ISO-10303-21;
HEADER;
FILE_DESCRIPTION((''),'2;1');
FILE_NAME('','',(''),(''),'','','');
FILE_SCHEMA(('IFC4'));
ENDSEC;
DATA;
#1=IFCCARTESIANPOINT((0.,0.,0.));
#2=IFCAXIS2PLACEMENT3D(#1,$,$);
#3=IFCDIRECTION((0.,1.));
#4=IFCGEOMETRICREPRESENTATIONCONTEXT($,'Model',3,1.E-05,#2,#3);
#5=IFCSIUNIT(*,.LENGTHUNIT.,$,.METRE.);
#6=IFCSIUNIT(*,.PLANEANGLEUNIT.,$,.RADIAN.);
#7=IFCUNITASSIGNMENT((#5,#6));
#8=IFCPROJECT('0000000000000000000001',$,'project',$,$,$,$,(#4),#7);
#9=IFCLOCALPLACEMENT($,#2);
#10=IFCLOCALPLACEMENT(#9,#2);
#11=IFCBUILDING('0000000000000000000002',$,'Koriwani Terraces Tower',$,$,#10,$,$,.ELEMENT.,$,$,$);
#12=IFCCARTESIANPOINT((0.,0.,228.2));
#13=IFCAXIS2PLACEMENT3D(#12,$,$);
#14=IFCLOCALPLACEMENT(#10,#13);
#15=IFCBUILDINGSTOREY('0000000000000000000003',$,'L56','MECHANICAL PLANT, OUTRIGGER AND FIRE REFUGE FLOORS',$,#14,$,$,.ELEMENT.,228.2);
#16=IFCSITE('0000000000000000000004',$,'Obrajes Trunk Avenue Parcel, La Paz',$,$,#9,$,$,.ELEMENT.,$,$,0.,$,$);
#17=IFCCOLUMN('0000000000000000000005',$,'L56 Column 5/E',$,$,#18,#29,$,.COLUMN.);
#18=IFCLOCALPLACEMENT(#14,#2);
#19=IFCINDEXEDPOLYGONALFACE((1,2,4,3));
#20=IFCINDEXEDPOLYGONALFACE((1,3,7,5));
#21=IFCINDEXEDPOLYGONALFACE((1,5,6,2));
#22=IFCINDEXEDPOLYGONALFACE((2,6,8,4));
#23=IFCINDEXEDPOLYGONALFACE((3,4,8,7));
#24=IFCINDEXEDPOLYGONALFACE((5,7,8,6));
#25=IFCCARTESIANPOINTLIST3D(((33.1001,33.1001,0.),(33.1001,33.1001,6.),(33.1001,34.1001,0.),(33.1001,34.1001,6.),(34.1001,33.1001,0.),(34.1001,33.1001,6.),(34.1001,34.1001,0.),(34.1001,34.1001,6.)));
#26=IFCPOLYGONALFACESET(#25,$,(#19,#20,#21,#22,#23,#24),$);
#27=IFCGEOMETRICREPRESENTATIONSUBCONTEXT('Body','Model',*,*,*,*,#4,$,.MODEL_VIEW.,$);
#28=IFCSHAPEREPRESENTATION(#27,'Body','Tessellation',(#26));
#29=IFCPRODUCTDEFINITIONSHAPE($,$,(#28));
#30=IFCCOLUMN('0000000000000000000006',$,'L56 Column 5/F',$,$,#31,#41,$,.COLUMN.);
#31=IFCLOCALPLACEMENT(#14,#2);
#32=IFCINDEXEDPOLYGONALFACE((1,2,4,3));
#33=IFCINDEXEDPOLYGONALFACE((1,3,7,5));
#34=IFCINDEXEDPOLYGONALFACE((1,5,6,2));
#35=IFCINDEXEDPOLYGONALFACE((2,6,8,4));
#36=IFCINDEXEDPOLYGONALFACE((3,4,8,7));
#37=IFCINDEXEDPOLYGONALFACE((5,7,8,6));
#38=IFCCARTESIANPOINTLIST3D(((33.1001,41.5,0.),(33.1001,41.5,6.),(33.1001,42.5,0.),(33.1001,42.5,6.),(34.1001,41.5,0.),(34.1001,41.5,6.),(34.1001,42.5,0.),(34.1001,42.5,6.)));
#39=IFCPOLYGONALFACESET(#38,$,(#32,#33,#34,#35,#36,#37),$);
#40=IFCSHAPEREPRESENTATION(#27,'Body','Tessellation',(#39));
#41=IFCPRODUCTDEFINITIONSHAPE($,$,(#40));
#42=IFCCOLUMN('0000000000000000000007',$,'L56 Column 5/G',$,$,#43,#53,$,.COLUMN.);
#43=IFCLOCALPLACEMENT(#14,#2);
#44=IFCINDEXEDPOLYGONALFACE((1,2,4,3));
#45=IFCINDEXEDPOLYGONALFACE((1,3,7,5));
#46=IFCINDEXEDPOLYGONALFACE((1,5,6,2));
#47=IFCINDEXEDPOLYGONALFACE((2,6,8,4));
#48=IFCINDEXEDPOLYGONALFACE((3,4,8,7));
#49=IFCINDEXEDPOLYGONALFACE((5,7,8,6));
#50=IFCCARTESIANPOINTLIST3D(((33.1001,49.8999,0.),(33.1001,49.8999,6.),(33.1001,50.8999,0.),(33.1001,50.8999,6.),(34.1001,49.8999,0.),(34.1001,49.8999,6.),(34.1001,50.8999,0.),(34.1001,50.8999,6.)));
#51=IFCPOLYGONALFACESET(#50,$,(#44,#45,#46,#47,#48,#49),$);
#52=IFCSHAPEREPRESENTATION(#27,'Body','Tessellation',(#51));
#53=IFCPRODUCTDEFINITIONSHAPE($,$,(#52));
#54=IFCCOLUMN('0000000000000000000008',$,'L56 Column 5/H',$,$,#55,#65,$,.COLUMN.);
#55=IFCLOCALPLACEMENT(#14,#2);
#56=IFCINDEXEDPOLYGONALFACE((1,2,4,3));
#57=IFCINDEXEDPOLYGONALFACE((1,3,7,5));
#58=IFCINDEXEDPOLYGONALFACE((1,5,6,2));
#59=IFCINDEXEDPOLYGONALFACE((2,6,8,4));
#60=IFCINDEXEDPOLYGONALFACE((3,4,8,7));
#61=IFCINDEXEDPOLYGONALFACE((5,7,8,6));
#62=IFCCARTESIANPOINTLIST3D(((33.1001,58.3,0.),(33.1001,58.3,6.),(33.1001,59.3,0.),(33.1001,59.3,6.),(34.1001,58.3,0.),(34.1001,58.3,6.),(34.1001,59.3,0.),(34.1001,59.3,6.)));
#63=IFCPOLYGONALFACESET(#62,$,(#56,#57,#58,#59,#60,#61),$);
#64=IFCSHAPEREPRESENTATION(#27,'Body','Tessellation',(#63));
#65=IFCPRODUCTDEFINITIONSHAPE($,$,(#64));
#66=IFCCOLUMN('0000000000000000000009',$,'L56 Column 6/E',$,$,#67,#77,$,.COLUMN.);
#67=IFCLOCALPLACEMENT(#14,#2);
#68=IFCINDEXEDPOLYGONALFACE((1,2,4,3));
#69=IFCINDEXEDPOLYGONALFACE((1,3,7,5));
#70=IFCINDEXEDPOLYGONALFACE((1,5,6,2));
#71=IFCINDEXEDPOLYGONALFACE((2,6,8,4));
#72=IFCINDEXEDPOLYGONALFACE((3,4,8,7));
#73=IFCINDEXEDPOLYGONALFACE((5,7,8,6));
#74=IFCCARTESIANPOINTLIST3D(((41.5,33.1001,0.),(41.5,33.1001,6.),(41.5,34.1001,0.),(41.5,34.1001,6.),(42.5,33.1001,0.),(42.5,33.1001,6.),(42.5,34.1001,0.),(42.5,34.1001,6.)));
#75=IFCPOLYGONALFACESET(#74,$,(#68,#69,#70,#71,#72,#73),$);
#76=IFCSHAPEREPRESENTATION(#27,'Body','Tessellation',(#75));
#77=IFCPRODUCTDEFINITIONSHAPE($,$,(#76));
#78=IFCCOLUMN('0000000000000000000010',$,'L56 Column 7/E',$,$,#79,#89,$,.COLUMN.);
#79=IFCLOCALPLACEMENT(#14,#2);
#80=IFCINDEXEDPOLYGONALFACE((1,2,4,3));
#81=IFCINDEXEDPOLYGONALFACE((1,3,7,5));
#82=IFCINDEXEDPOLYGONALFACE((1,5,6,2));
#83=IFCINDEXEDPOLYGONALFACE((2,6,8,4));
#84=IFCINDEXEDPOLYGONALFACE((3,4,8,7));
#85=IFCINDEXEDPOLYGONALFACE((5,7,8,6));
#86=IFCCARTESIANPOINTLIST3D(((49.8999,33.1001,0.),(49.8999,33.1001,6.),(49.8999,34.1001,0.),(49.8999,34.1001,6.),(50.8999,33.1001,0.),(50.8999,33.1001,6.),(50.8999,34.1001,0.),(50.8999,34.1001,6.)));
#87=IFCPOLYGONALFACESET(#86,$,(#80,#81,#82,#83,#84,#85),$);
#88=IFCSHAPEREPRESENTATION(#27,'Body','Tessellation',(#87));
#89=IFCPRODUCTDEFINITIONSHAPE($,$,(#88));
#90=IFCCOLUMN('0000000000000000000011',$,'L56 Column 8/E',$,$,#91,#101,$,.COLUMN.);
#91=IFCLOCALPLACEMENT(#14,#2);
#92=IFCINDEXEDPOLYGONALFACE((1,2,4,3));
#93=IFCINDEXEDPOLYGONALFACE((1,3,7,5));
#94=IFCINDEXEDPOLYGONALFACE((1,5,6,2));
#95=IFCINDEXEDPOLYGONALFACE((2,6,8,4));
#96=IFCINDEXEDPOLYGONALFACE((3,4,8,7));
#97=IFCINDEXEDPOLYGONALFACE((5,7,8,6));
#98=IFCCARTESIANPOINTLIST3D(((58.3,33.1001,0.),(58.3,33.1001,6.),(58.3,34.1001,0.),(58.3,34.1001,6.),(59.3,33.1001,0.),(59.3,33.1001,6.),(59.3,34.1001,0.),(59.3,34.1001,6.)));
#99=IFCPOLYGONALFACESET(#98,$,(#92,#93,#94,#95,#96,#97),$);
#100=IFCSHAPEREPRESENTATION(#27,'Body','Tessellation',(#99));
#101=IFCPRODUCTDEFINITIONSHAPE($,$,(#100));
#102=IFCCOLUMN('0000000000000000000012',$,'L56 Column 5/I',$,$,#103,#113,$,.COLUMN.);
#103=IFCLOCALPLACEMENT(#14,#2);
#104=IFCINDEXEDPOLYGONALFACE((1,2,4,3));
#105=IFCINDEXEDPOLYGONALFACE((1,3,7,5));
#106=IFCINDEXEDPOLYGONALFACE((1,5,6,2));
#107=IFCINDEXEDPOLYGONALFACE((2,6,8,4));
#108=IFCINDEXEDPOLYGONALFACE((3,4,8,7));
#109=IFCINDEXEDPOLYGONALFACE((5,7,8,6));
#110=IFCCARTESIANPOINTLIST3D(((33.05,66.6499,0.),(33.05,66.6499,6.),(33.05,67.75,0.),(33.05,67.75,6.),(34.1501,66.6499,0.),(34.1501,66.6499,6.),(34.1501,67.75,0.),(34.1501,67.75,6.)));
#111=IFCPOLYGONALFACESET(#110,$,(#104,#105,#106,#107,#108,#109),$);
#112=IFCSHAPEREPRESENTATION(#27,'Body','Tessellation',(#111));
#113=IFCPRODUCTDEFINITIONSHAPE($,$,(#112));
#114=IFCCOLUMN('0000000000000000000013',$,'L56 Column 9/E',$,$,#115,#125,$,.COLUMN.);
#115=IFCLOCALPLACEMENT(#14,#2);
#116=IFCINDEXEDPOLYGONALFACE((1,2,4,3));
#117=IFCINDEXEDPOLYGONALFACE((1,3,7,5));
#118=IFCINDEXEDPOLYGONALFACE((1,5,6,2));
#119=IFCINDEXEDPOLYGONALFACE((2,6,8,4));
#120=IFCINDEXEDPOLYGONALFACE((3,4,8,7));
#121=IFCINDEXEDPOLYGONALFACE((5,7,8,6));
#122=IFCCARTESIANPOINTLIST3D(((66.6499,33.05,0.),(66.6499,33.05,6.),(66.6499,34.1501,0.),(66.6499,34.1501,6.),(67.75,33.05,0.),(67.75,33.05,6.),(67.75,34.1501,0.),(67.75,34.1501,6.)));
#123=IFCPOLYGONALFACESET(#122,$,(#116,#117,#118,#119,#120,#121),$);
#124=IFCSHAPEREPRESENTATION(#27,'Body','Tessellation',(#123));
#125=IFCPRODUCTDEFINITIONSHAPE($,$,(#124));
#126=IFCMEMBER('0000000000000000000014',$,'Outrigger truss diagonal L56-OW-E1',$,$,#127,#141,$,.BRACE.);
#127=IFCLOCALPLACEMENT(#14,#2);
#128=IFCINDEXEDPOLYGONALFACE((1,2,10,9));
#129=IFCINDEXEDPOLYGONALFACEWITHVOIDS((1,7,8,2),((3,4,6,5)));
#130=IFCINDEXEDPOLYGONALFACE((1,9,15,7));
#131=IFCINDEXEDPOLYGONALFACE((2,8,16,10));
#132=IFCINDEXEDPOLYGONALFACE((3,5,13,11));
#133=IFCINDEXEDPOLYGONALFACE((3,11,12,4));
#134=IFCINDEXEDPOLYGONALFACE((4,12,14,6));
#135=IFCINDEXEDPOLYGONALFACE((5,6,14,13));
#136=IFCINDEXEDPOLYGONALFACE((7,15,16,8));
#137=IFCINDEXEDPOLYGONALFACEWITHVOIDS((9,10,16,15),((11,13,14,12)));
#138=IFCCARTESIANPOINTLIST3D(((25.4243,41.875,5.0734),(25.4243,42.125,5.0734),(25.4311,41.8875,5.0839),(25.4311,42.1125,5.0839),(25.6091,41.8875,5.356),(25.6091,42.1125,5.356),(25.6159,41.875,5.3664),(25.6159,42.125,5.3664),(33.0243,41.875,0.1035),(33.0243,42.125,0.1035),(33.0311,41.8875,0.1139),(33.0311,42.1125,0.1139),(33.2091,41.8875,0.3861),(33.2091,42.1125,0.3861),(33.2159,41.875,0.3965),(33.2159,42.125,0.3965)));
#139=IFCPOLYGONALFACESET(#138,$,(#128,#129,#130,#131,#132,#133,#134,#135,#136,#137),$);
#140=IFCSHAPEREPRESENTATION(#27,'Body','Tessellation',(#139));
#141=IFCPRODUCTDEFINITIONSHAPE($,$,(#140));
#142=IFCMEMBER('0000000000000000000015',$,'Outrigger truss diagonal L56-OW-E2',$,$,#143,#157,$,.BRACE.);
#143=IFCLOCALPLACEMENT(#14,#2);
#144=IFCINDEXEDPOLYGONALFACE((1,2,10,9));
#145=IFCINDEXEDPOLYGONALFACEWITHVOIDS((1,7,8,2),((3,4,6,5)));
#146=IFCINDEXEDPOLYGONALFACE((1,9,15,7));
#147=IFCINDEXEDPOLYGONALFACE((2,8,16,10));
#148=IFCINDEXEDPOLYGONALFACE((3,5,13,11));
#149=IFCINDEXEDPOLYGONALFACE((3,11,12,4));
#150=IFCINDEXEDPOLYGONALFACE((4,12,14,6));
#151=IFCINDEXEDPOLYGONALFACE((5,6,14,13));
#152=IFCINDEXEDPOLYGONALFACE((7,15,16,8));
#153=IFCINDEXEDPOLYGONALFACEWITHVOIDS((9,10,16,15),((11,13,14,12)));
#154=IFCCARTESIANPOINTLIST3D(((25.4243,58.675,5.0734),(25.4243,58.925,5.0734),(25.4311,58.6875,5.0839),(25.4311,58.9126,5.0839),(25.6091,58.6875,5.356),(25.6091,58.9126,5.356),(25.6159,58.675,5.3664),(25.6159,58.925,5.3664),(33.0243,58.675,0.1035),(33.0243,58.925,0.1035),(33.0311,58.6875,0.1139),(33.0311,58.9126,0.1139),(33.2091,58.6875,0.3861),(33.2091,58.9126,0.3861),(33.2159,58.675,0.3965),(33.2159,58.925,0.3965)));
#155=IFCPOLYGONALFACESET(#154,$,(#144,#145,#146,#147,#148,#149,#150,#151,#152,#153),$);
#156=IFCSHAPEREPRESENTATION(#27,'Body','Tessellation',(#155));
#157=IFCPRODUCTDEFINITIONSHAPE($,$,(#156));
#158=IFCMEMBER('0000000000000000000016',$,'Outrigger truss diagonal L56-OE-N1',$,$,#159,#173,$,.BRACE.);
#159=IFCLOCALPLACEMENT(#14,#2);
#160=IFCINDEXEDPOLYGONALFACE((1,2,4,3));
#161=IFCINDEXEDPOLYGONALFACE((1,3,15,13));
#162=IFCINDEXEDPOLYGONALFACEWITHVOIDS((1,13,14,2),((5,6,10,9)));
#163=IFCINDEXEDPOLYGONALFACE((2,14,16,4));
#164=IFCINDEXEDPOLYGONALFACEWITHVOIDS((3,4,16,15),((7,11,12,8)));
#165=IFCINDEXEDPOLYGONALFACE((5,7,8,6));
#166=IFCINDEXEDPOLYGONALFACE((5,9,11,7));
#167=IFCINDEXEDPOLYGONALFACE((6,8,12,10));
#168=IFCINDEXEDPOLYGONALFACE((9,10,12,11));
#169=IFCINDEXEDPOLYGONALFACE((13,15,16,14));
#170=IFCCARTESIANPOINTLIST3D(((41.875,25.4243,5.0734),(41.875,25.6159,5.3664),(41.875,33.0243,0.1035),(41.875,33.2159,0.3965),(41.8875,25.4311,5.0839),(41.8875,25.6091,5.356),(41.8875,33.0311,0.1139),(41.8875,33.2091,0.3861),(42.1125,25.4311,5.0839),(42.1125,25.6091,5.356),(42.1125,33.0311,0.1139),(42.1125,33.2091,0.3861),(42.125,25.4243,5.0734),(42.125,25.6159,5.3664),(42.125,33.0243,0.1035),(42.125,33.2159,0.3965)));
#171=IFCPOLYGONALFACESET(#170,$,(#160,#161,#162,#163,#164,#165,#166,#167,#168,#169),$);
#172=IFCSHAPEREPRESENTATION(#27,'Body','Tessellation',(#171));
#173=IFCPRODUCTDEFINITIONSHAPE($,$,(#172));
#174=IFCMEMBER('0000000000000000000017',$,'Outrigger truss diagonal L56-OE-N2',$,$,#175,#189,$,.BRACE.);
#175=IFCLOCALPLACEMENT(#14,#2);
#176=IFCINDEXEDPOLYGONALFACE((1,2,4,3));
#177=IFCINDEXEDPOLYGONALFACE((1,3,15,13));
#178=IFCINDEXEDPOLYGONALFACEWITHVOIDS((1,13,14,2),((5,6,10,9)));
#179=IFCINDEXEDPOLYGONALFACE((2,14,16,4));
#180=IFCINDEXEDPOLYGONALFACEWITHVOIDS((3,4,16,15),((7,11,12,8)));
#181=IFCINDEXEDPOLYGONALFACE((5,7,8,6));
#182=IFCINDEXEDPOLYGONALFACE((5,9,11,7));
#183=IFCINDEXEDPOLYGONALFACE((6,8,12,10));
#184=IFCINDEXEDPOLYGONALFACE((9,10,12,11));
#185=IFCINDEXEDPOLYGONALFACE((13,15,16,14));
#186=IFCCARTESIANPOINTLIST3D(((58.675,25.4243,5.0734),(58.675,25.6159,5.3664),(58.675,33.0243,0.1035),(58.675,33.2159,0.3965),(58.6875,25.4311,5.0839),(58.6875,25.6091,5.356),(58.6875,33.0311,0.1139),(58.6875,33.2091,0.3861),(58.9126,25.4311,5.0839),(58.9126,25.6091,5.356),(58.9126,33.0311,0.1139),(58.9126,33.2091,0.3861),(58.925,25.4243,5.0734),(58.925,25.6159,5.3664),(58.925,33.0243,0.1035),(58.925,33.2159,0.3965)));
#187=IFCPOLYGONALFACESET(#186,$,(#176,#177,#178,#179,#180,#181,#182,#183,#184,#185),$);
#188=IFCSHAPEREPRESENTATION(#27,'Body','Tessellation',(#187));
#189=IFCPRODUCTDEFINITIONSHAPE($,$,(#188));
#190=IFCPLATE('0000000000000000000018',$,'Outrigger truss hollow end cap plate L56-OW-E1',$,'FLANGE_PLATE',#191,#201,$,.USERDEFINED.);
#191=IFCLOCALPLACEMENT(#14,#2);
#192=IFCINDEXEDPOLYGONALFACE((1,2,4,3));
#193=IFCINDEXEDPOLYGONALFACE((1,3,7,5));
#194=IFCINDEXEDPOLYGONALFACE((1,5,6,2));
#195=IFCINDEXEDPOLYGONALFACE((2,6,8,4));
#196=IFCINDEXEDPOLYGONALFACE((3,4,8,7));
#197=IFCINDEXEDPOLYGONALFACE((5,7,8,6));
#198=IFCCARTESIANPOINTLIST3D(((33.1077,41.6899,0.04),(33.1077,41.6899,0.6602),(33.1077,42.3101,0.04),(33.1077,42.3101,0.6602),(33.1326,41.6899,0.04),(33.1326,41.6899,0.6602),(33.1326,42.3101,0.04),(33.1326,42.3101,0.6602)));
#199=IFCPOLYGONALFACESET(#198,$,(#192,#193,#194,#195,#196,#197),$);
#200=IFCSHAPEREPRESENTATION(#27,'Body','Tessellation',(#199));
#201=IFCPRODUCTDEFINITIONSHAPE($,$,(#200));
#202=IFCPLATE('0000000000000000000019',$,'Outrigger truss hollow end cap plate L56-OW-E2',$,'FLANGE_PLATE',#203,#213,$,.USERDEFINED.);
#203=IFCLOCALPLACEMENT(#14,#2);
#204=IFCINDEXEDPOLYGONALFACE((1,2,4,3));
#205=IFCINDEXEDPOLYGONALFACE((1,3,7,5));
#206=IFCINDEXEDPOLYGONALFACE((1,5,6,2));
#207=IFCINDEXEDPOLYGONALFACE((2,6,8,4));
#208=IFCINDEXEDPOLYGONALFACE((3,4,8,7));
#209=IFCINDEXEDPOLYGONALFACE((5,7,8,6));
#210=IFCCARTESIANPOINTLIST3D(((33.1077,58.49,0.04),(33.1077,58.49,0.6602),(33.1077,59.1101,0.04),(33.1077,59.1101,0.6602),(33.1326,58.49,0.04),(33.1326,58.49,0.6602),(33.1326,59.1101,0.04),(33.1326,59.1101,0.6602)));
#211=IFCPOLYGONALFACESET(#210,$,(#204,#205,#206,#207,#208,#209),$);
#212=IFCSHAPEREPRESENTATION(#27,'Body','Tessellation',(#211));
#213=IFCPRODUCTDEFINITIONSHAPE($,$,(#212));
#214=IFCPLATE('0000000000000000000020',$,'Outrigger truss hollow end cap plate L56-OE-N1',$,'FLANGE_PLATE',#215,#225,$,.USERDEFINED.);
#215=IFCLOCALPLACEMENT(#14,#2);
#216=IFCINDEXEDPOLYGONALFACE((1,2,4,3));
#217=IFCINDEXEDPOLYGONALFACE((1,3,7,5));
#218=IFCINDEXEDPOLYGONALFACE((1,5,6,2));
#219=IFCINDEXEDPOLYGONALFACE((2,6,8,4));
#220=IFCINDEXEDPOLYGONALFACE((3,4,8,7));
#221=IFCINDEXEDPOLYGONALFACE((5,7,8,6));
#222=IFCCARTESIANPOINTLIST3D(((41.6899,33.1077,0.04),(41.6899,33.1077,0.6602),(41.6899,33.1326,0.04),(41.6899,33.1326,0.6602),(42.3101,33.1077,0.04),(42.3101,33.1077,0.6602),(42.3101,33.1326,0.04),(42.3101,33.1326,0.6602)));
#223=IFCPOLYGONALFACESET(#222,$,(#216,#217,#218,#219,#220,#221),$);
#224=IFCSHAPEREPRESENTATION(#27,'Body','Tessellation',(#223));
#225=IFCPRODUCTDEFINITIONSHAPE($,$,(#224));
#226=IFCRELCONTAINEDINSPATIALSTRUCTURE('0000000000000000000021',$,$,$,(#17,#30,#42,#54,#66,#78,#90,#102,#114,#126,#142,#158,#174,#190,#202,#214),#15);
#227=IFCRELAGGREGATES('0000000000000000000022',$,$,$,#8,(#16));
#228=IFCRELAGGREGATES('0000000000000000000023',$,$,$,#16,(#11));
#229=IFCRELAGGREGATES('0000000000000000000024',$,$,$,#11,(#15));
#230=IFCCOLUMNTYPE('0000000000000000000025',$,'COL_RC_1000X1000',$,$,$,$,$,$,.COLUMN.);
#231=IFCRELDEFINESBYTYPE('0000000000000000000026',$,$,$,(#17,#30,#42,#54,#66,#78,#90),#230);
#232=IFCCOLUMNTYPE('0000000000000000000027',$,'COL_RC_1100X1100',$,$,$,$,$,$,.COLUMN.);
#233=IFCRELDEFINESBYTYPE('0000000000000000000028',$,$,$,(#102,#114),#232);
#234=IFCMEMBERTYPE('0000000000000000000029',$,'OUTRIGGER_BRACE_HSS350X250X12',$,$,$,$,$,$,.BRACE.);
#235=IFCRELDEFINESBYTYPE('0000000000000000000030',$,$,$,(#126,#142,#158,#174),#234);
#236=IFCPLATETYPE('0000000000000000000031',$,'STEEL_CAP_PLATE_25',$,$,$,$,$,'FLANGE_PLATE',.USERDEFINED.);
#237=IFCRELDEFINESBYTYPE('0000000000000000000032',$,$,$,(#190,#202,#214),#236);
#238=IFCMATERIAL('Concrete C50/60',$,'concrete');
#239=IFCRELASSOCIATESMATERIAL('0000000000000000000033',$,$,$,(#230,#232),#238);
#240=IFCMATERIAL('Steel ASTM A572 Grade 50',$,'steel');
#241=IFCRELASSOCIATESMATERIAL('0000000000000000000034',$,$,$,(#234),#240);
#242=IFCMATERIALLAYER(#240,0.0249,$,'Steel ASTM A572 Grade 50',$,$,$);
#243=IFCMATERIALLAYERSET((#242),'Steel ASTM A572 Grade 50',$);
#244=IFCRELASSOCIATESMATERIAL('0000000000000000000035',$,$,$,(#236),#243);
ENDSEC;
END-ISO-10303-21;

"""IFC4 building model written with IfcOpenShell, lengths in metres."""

from ifc_helpers import new_model, si_unit, direction, frame, origin, origin_2d, place, context, subcontext, project, spatial, rectangle, hollow_rectangle, extrude, material, layer, layer_set, material_profile, profile_set, type_object, element, save


model = new_model("IFC4")

# Units and contexts
model_context = context("Model", 3, precision=1e-05, world=origin(), true_north=direction((0.0, 1.0)))
body_context = subcontext(model_context, "Body", "Model", "MODEL_VIEW")
ifc_project = project(units=[si_unit("LENGTHUNIT", "METRE"), si_unit("PLANEANGLEUNIT", "RADIAN")], contexts=[model_context])

# Site, building, storey
site_placement = place(None, origin())
site = spatial("IfcSite", under=ifc_project, at=site_placement, Name="Obrajes Trunk Avenue Parcel, La Paz", CompositionType="ELEMENT", RefElevation=0.0)
building_placement = place(site_placement, origin())
building = spatial("IfcBuilding", under=site, at=building_placement, Name="Koriwani Terraces Tower", CompositionType="ELEMENT")
storey_placement = place(building_placement, frame((0.0, 0.0, 228.2)))
storey = spatial("IfcBuildingStorey", under=building, at=storey_placement, Name="L56", Description="MECHANICAL PLANT, OUTRIGGER AND FIRE REFUGE FLOORS", CompositionType="ELEMENT", Elevation=228.2)

# Columns
ifc_material_1 = material(Name="Concrete C50/60", Category="concrete")
ifc_material_profile_1 = material_profile(ifc_material_1, rectangle(XDim=1.0, YDim=1.0, at=origin_2d()), Name="Concrete C50/60", Category="LoadBearing")
ifc_profile_set_1 = profile_set([ifc_material_profile_1], Name="Concrete C50/60")
column_type_1 = type_object("IfcColumnType", Name="COL_RC_1000X1000", PredefinedType="COLUMN", material=ifc_profile_set_1)
for number, where, z_axis, x_axis, name in (
    (1, (33.6001, 33.6001, 0.0), (0.0, 0.0, 1.0), (1.0, 0.0, 0.0), "L56 Column 5/E"),
    (2, (33.6001, 42.0, 0.0), (0.0, 0.0, 1.0), (1.0, 0.0, 0.0), "L56 Column 5/F"),
    (3, (33.6001, 50.3999, 0.0), (0.0, 0.0, 1.0), (1.0, 0.0, 0.0), "L56 Column 5/G"),
    (4, (33.6001, 58.8, 0.0), (0.0, 0.0, 1.0), (1.0, 0.0, 0.0), "L56 Column 5/H"),
    (5, (42.0, 33.6001, 0.0), (0.0, 0.0, 1.0), (1.0, 0.0, 0.0), "L56 Column 6/E"),
    (6, (50.3999, 33.6001, 0.0), (0.0, 0.0, 1.0), (1.0, 0.0, 0.0), "L56 Column 7/E"),
    (7, (58.8, 33.6001, 0.0), (0.0, 0.0, 1.0), (1.0, 0.0, 0.0), "L56 Column 8/E"),
):
    element("IfcColumn", number, at=place(storey_placement, frame(where, z_axis=z_axis, x_axis=x_axis)), inside=storey, type_object=column_type_1, Name=name, PredefinedType="COLUMN", context=body_context, shape_type="SweptSolid", body=[
        extrude(rectangle(XDim=1.0, YDim=1.0, at=origin_2d()), origin(), (0.0, 0.0, 1.0), 6.0),
    ])
ifc_material_profile_2 = material_profile(ifc_material_1, rectangle(XDim=1.1001, YDim=1.1001, at=origin_2d()), Name="Concrete C50/60", Category="LoadBearing")
ifc_profile_set_2 = profile_set([ifc_material_profile_2], Name="Concrete C50/60")
column_type_2 = type_object("IfcColumnType", Name="COL_RC_1100X1100", PredefinedType="COLUMN", material=ifc_profile_set_2)
for number, where, z_axis, x_axis, name in (
    (8, (33.6001, 67.2, 0.0), (0.0, 0.0, 1.0), (1.0, 0.0, 0.0), "L56 Column 5/I"),
    (9, (67.2, 33.6001, 0.0), (0.0, 0.0, 1.0), (1.0, 0.0, 0.0), "L56 Column 9/E"),
):
    element("IfcColumn", number, at=place(storey_placement, frame(where, z_axis=z_axis, x_axis=x_axis)), inside=storey, type_object=column_type_2, Name=name, PredefinedType="COLUMN", context=body_context, shape_type="SweptSolid", body=[
        extrude(rectangle(XDim=1.1001, YDim=1.1001, at=origin_2d()), origin(), (0.0, 0.0, 1.0), 6.0),
    ])

# Members
ifc_material_2 = material(Name="Steel ASTM A572 Grade 50", Category="steel")
ifc_material_profile_3 = material_profile(ifc_material_2, hollow_rectangle(XDim=0.25, YDim=0.3501, WallThickness=0.0125, at=origin_2d()), Name="Steel ASTM A572 Grade 50", Category="LoadBearing")
ifc_profile_set_3 = profile_set([ifc_material_profile_3], Name="Steel ASTM A572 Grade 50")
member_type = type_object("IfcMemberType", Name="OUTRIGGER_BRACE_HSS350X250X12", PredefinedType="BRACE", material=ifc_profile_set_3)
for number, where, z_axis, x_axis, name in (
    (10, (33.1201, 42.0, 0.25), (-0.836936, 0.0, 0.547302), (0.0, -1.0, 0.0), "Outrigger truss diagonal L56-OW-E1"),
    (11, (33.1201, 58.8, 0.25), (-0.836936, 0.0, 0.547302), (0.0, -1.0, 0.0), "Outrigger truss diagonal L56-OW-E2"),
    (12, (42.0, 33.1201, 0.25), (0.0, -0.836936, 0.547302), (1.0, 0.0, 0.0), "Outrigger truss diagonal L56-OE-N1"),
    (13, (58.8, 33.1201, 0.25), (0.0, -0.836936, 0.547302), (1.0, 0.0, 0.0), "Outrigger truss diagonal L56-OE-N2"),
):
    element("IfcMember", number, at=place(storey_placement, frame(where, z_axis=z_axis, x_axis=x_axis)), inside=storey, type_object=member_type, Name=name, PredefinedType="BRACE", context=body_context, shape_type="SweptSolid", body=[
        extrude(hollow_rectangle(XDim=0.25, YDim=0.3501, WallThickness=0.0125, at=origin_2d()), origin(), (0.0, 0.0, 1.0), 9.0808),
    ])

# Plates
ifc_layer_1 = layer(ifc_material_2, 0.0249, Name="Steel ASTM A572 Grade 50")
ifc_layer_set_1 = layer_set([ifc_layer_1], Name="Steel ASTM A572 Grade 50")
plate_type = type_object("IfcPlateType", Name="STEEL_CAP_PLATE_25", ElementType="FLANGE_PLATE", PredefinedType="USERDEFINED", material=ifc_layer_set_1)
for number, where, z_axis, x_axis, name in (
    (14, (33.1201, 42.0, 0.04), (0.0, 0.0, 1.0), (-1.0, 0.0, 0.0), "Outrigger truss hollow end cap plate L56-OW-E1"),
    (15, (33.1201, 58.8, 0.04), (0.0, 0.0, 1.0), (-1.0, 0.0, 0.0), "Outrigger truss hollow end cap plate L56-OW-E2"),
    (16, (42.0, 33.1201, 0.04), (0.0, 0.0, 1.0), (0.0, -1.0, 0.0), "Outrigger truss hollow end cap plate L56-OE-N1"),
):
    element("IfcPlate", number, at=place(storey_placement, frame(where, z_axis=z_axis, x_axis=x_axis)), inside=storey, type_object=plate_type, Name=name, ObjectType="FLANGE_PLATE", PredefinedType="USERDEFINED", context=body_context, shape_type="SweptSolid", body=[
        extrude(rectangle(XDim=0.0249, YDim=0.6201, at=origin_2d()), origin(), (0.0, 0.0, 1.0), 0.6201),
    ])

save(model, "model.ifc")
